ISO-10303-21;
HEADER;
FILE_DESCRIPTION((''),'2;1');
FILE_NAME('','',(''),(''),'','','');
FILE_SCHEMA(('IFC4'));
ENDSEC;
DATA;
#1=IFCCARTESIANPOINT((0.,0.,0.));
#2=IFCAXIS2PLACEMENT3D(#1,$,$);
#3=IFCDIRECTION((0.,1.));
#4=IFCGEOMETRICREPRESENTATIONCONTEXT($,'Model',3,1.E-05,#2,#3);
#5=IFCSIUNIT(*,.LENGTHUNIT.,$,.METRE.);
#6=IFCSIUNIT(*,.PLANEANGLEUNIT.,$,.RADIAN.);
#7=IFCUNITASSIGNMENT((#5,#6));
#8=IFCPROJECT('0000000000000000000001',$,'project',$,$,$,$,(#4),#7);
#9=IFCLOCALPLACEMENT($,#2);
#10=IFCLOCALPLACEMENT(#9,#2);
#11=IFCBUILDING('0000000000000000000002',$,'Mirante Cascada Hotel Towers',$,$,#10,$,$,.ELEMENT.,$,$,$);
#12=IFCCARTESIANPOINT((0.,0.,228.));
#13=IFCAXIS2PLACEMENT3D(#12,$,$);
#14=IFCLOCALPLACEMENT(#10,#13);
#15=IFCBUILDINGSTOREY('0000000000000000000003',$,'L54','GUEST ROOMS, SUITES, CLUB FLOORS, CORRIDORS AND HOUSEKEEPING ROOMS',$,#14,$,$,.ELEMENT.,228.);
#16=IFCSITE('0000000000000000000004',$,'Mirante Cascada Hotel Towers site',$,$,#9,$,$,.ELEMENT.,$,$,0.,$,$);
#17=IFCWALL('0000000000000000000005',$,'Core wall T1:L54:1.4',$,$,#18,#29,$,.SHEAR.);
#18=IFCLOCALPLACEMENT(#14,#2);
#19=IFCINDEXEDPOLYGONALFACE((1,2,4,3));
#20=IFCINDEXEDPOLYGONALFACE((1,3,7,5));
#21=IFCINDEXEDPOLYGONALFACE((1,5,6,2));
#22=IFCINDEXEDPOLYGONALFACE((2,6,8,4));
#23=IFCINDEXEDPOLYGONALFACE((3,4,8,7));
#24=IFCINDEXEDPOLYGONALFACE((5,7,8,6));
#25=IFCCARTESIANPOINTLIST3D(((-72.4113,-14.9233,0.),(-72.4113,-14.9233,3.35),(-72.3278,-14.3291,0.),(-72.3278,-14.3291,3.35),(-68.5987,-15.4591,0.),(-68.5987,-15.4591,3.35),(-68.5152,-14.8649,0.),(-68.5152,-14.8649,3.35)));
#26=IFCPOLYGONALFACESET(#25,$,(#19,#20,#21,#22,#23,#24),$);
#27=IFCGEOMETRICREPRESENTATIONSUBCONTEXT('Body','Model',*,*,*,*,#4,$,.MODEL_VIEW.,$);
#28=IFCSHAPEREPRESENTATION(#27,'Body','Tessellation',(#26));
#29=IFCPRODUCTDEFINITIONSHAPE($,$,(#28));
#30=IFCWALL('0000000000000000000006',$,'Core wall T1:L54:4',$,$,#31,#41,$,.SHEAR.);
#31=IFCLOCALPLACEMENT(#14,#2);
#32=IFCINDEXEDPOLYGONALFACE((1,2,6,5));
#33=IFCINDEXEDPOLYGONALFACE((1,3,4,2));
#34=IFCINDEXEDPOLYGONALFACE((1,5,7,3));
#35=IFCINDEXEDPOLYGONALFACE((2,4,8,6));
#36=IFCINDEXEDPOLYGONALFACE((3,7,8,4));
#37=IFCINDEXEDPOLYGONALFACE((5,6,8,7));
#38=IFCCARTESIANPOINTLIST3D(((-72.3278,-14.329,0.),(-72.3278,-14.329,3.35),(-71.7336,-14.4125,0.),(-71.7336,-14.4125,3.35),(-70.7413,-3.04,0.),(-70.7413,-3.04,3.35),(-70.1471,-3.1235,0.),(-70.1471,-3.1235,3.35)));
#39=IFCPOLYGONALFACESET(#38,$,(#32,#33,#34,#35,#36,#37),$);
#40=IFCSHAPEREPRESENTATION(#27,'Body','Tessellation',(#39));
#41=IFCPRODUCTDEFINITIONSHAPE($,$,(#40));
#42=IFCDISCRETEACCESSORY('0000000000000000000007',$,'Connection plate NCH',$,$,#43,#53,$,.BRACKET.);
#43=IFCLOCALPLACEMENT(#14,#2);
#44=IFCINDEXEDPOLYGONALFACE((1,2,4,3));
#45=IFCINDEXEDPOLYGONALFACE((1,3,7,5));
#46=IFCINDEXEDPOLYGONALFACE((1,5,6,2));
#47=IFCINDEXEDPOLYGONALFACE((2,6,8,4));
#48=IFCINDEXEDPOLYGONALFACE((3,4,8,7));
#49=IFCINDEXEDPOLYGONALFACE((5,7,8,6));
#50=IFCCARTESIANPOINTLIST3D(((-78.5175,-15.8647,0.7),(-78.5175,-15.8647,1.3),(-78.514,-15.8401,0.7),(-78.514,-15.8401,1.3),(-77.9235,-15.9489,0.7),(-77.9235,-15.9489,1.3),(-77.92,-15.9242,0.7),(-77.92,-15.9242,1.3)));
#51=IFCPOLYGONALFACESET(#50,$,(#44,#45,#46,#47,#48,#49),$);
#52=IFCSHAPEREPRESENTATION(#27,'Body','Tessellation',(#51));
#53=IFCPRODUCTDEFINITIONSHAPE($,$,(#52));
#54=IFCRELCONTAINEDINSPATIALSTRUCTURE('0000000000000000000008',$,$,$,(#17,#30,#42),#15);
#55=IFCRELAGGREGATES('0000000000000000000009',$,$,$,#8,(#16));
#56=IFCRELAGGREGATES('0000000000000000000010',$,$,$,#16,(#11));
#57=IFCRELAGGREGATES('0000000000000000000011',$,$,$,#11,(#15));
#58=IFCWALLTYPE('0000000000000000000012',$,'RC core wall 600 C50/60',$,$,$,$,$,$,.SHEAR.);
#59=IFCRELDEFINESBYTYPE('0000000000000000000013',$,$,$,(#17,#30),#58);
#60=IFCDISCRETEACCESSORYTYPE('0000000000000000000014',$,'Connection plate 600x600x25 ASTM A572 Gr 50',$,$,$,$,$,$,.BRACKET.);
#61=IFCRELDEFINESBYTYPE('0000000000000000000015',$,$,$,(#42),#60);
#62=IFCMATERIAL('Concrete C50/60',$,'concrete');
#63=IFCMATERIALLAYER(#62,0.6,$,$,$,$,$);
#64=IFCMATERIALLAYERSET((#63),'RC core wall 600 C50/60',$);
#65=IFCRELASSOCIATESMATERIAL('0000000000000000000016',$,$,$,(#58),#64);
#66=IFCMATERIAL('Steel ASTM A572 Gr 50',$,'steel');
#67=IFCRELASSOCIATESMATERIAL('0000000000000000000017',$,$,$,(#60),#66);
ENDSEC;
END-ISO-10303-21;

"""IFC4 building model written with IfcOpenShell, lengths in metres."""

from ifc_helpers import new_model, si_unit, direction, frame, frame_2d, origin, origin_2d, place, context, subcontext, project, spatial, rectangle, extrude, material, layer, layer_set, material_profile, profile_set, type_object, element, save


model = new_model("IFC4")

# Units and contexts
model_context = context("Model", 3, precision=1e-05, world=origin(), true_north=direction((0.0, 1.0)))
body_context = subcontext(model_context, "Body", "Model", "MODEL_VIEW")
ifc_project = project(units=[si_unit("LENGTHUNIT", "METRE"), si_unit("PLANEANGLEUNIT", "RADIAN")], contexts=[model_context])

# Site, building, storey
site_placement = place(None, origin())
site = spatial("IfcSite", under=ifc_project, at=site_placement, Name="Mirante Cascada Hotel Towers site", CompositionType="ELEMENT", RefElevation=0.0)
building_placement = place(site_placement, origin())
building = spatial("IfcBuilding", under=site, at=building_placement, Name="Mirante Cascada Hotel Towers", CompositionType="ELEMENT")
storey_placement = place(building_placement, frame((0.0, 0.0, 228.0)))
storey = spatial("IfcBuildingStorey", under=building, at=storey_placement, Name="L54", Description="GUEST ROOMS, SUITES, CLUB FLOORS, CORRIDORS AND HOUSEKEEPING ROOMS", CompositionType="ELEMENT", Elevation=228.0)

# Walls
ifc_material_1 = material(Name="Concrete C50/60", Category="concrete")
ifc_layer_1 = layer(ifc_material_1, 0.6)
ifc_layer_set_1 = layer_set([ifc_layer_1], Name="RC core wall 600 C50/60")
wall_type_1 = type_object("IfcWallType", Name="RC core wall 600 C50/60", PredefinedType="SHEAR", material=ifc_layer_set_1)
wall_1_placement = place(storey_placement, frame((-68.557, -15.162, 0.0), z_axis=(0.0, 0.0, 1.0), x_axis=(-0.990269, 0.139166, 0.0)))
element("IfcWall", 1, at=wall_1_placement, inside=storey, type_object=wall_type_1, Name="Core wall T1:L54:1.4", PredefinedType="SHEAR", context=body_context, shape_type="SweptSolid", body=[
    extrude(rectangle(XDim=3.8501, YDim=0.6, at=frame_2d((1.925, 0.0))), origin(), (0.0, 0.0, 1.0), 3.35),
])
wall_2_placement = place(storey_placement, frame((-72.0307, -14.3708, 0.0), z_axis=(0.0, 0.0, 1.0), x_axis=(0.139167, 0.990269, 0.0)))
element("IfcWall", 2, at=wall_2_placement, inside=storey, type_object=wall_type_1, Name="Core wall T1:L54:4", PredefinedType="SHEAR", context=body_context, shape_type="SweptSolid", body=[
    extrude(rectangle(XDim=11.3999, YDim=0.6, at=frame_2d((5.7, 0.0))), origin(), (0.0, 0.0, 1.0), 3.35),
])

# Discrete accessory
ifc_material_2 = material(Name="Steel ASTM A572 Gr 50", Category="steel")
ifc_material_profile_1 = material_profile(ifc_material_2, rectangle(XDim=0.6, YDim=0.6, at=origin_2d()), Name="Connection plate 600x600x25 ASTM A572 Gr 50")
ifc_profile_set_1 = profile_set([ifc_material_profile_1], Name="Steel ASTM A572 Gr 50")
discrete_accessory_type = type_object("IfcDiscreteAccessoryType", Name="Connection plate 600x600x25 ASTM A572 Gr 50", PredefinedType="BRACKET", material=ifc_profile_set_1)
discrete_accessory_placement = place(storey_placement, frame((-78.2205, -15.9068, 1.0), z_axis=(0.140299, 0.990109, 0.0), x_axis=(-0.990109, 0.140299, 0.0)))
element("IfcDiscreteAccessory", 3, at=discrete_accessory_placement, inside=storey, type_object=discrete_accessory_type, Name="Connection plate NCH", PredefinedType="BRACKET", context=body_context, shape_type="SweptSolid", body=[
    extrude(rectangle(XDim=0.6, YDim=0.6, at=origin_2d()), origin(), (0.0, 0.0, 1.0), 0.0249),
])

save(model, "model.ifc")
